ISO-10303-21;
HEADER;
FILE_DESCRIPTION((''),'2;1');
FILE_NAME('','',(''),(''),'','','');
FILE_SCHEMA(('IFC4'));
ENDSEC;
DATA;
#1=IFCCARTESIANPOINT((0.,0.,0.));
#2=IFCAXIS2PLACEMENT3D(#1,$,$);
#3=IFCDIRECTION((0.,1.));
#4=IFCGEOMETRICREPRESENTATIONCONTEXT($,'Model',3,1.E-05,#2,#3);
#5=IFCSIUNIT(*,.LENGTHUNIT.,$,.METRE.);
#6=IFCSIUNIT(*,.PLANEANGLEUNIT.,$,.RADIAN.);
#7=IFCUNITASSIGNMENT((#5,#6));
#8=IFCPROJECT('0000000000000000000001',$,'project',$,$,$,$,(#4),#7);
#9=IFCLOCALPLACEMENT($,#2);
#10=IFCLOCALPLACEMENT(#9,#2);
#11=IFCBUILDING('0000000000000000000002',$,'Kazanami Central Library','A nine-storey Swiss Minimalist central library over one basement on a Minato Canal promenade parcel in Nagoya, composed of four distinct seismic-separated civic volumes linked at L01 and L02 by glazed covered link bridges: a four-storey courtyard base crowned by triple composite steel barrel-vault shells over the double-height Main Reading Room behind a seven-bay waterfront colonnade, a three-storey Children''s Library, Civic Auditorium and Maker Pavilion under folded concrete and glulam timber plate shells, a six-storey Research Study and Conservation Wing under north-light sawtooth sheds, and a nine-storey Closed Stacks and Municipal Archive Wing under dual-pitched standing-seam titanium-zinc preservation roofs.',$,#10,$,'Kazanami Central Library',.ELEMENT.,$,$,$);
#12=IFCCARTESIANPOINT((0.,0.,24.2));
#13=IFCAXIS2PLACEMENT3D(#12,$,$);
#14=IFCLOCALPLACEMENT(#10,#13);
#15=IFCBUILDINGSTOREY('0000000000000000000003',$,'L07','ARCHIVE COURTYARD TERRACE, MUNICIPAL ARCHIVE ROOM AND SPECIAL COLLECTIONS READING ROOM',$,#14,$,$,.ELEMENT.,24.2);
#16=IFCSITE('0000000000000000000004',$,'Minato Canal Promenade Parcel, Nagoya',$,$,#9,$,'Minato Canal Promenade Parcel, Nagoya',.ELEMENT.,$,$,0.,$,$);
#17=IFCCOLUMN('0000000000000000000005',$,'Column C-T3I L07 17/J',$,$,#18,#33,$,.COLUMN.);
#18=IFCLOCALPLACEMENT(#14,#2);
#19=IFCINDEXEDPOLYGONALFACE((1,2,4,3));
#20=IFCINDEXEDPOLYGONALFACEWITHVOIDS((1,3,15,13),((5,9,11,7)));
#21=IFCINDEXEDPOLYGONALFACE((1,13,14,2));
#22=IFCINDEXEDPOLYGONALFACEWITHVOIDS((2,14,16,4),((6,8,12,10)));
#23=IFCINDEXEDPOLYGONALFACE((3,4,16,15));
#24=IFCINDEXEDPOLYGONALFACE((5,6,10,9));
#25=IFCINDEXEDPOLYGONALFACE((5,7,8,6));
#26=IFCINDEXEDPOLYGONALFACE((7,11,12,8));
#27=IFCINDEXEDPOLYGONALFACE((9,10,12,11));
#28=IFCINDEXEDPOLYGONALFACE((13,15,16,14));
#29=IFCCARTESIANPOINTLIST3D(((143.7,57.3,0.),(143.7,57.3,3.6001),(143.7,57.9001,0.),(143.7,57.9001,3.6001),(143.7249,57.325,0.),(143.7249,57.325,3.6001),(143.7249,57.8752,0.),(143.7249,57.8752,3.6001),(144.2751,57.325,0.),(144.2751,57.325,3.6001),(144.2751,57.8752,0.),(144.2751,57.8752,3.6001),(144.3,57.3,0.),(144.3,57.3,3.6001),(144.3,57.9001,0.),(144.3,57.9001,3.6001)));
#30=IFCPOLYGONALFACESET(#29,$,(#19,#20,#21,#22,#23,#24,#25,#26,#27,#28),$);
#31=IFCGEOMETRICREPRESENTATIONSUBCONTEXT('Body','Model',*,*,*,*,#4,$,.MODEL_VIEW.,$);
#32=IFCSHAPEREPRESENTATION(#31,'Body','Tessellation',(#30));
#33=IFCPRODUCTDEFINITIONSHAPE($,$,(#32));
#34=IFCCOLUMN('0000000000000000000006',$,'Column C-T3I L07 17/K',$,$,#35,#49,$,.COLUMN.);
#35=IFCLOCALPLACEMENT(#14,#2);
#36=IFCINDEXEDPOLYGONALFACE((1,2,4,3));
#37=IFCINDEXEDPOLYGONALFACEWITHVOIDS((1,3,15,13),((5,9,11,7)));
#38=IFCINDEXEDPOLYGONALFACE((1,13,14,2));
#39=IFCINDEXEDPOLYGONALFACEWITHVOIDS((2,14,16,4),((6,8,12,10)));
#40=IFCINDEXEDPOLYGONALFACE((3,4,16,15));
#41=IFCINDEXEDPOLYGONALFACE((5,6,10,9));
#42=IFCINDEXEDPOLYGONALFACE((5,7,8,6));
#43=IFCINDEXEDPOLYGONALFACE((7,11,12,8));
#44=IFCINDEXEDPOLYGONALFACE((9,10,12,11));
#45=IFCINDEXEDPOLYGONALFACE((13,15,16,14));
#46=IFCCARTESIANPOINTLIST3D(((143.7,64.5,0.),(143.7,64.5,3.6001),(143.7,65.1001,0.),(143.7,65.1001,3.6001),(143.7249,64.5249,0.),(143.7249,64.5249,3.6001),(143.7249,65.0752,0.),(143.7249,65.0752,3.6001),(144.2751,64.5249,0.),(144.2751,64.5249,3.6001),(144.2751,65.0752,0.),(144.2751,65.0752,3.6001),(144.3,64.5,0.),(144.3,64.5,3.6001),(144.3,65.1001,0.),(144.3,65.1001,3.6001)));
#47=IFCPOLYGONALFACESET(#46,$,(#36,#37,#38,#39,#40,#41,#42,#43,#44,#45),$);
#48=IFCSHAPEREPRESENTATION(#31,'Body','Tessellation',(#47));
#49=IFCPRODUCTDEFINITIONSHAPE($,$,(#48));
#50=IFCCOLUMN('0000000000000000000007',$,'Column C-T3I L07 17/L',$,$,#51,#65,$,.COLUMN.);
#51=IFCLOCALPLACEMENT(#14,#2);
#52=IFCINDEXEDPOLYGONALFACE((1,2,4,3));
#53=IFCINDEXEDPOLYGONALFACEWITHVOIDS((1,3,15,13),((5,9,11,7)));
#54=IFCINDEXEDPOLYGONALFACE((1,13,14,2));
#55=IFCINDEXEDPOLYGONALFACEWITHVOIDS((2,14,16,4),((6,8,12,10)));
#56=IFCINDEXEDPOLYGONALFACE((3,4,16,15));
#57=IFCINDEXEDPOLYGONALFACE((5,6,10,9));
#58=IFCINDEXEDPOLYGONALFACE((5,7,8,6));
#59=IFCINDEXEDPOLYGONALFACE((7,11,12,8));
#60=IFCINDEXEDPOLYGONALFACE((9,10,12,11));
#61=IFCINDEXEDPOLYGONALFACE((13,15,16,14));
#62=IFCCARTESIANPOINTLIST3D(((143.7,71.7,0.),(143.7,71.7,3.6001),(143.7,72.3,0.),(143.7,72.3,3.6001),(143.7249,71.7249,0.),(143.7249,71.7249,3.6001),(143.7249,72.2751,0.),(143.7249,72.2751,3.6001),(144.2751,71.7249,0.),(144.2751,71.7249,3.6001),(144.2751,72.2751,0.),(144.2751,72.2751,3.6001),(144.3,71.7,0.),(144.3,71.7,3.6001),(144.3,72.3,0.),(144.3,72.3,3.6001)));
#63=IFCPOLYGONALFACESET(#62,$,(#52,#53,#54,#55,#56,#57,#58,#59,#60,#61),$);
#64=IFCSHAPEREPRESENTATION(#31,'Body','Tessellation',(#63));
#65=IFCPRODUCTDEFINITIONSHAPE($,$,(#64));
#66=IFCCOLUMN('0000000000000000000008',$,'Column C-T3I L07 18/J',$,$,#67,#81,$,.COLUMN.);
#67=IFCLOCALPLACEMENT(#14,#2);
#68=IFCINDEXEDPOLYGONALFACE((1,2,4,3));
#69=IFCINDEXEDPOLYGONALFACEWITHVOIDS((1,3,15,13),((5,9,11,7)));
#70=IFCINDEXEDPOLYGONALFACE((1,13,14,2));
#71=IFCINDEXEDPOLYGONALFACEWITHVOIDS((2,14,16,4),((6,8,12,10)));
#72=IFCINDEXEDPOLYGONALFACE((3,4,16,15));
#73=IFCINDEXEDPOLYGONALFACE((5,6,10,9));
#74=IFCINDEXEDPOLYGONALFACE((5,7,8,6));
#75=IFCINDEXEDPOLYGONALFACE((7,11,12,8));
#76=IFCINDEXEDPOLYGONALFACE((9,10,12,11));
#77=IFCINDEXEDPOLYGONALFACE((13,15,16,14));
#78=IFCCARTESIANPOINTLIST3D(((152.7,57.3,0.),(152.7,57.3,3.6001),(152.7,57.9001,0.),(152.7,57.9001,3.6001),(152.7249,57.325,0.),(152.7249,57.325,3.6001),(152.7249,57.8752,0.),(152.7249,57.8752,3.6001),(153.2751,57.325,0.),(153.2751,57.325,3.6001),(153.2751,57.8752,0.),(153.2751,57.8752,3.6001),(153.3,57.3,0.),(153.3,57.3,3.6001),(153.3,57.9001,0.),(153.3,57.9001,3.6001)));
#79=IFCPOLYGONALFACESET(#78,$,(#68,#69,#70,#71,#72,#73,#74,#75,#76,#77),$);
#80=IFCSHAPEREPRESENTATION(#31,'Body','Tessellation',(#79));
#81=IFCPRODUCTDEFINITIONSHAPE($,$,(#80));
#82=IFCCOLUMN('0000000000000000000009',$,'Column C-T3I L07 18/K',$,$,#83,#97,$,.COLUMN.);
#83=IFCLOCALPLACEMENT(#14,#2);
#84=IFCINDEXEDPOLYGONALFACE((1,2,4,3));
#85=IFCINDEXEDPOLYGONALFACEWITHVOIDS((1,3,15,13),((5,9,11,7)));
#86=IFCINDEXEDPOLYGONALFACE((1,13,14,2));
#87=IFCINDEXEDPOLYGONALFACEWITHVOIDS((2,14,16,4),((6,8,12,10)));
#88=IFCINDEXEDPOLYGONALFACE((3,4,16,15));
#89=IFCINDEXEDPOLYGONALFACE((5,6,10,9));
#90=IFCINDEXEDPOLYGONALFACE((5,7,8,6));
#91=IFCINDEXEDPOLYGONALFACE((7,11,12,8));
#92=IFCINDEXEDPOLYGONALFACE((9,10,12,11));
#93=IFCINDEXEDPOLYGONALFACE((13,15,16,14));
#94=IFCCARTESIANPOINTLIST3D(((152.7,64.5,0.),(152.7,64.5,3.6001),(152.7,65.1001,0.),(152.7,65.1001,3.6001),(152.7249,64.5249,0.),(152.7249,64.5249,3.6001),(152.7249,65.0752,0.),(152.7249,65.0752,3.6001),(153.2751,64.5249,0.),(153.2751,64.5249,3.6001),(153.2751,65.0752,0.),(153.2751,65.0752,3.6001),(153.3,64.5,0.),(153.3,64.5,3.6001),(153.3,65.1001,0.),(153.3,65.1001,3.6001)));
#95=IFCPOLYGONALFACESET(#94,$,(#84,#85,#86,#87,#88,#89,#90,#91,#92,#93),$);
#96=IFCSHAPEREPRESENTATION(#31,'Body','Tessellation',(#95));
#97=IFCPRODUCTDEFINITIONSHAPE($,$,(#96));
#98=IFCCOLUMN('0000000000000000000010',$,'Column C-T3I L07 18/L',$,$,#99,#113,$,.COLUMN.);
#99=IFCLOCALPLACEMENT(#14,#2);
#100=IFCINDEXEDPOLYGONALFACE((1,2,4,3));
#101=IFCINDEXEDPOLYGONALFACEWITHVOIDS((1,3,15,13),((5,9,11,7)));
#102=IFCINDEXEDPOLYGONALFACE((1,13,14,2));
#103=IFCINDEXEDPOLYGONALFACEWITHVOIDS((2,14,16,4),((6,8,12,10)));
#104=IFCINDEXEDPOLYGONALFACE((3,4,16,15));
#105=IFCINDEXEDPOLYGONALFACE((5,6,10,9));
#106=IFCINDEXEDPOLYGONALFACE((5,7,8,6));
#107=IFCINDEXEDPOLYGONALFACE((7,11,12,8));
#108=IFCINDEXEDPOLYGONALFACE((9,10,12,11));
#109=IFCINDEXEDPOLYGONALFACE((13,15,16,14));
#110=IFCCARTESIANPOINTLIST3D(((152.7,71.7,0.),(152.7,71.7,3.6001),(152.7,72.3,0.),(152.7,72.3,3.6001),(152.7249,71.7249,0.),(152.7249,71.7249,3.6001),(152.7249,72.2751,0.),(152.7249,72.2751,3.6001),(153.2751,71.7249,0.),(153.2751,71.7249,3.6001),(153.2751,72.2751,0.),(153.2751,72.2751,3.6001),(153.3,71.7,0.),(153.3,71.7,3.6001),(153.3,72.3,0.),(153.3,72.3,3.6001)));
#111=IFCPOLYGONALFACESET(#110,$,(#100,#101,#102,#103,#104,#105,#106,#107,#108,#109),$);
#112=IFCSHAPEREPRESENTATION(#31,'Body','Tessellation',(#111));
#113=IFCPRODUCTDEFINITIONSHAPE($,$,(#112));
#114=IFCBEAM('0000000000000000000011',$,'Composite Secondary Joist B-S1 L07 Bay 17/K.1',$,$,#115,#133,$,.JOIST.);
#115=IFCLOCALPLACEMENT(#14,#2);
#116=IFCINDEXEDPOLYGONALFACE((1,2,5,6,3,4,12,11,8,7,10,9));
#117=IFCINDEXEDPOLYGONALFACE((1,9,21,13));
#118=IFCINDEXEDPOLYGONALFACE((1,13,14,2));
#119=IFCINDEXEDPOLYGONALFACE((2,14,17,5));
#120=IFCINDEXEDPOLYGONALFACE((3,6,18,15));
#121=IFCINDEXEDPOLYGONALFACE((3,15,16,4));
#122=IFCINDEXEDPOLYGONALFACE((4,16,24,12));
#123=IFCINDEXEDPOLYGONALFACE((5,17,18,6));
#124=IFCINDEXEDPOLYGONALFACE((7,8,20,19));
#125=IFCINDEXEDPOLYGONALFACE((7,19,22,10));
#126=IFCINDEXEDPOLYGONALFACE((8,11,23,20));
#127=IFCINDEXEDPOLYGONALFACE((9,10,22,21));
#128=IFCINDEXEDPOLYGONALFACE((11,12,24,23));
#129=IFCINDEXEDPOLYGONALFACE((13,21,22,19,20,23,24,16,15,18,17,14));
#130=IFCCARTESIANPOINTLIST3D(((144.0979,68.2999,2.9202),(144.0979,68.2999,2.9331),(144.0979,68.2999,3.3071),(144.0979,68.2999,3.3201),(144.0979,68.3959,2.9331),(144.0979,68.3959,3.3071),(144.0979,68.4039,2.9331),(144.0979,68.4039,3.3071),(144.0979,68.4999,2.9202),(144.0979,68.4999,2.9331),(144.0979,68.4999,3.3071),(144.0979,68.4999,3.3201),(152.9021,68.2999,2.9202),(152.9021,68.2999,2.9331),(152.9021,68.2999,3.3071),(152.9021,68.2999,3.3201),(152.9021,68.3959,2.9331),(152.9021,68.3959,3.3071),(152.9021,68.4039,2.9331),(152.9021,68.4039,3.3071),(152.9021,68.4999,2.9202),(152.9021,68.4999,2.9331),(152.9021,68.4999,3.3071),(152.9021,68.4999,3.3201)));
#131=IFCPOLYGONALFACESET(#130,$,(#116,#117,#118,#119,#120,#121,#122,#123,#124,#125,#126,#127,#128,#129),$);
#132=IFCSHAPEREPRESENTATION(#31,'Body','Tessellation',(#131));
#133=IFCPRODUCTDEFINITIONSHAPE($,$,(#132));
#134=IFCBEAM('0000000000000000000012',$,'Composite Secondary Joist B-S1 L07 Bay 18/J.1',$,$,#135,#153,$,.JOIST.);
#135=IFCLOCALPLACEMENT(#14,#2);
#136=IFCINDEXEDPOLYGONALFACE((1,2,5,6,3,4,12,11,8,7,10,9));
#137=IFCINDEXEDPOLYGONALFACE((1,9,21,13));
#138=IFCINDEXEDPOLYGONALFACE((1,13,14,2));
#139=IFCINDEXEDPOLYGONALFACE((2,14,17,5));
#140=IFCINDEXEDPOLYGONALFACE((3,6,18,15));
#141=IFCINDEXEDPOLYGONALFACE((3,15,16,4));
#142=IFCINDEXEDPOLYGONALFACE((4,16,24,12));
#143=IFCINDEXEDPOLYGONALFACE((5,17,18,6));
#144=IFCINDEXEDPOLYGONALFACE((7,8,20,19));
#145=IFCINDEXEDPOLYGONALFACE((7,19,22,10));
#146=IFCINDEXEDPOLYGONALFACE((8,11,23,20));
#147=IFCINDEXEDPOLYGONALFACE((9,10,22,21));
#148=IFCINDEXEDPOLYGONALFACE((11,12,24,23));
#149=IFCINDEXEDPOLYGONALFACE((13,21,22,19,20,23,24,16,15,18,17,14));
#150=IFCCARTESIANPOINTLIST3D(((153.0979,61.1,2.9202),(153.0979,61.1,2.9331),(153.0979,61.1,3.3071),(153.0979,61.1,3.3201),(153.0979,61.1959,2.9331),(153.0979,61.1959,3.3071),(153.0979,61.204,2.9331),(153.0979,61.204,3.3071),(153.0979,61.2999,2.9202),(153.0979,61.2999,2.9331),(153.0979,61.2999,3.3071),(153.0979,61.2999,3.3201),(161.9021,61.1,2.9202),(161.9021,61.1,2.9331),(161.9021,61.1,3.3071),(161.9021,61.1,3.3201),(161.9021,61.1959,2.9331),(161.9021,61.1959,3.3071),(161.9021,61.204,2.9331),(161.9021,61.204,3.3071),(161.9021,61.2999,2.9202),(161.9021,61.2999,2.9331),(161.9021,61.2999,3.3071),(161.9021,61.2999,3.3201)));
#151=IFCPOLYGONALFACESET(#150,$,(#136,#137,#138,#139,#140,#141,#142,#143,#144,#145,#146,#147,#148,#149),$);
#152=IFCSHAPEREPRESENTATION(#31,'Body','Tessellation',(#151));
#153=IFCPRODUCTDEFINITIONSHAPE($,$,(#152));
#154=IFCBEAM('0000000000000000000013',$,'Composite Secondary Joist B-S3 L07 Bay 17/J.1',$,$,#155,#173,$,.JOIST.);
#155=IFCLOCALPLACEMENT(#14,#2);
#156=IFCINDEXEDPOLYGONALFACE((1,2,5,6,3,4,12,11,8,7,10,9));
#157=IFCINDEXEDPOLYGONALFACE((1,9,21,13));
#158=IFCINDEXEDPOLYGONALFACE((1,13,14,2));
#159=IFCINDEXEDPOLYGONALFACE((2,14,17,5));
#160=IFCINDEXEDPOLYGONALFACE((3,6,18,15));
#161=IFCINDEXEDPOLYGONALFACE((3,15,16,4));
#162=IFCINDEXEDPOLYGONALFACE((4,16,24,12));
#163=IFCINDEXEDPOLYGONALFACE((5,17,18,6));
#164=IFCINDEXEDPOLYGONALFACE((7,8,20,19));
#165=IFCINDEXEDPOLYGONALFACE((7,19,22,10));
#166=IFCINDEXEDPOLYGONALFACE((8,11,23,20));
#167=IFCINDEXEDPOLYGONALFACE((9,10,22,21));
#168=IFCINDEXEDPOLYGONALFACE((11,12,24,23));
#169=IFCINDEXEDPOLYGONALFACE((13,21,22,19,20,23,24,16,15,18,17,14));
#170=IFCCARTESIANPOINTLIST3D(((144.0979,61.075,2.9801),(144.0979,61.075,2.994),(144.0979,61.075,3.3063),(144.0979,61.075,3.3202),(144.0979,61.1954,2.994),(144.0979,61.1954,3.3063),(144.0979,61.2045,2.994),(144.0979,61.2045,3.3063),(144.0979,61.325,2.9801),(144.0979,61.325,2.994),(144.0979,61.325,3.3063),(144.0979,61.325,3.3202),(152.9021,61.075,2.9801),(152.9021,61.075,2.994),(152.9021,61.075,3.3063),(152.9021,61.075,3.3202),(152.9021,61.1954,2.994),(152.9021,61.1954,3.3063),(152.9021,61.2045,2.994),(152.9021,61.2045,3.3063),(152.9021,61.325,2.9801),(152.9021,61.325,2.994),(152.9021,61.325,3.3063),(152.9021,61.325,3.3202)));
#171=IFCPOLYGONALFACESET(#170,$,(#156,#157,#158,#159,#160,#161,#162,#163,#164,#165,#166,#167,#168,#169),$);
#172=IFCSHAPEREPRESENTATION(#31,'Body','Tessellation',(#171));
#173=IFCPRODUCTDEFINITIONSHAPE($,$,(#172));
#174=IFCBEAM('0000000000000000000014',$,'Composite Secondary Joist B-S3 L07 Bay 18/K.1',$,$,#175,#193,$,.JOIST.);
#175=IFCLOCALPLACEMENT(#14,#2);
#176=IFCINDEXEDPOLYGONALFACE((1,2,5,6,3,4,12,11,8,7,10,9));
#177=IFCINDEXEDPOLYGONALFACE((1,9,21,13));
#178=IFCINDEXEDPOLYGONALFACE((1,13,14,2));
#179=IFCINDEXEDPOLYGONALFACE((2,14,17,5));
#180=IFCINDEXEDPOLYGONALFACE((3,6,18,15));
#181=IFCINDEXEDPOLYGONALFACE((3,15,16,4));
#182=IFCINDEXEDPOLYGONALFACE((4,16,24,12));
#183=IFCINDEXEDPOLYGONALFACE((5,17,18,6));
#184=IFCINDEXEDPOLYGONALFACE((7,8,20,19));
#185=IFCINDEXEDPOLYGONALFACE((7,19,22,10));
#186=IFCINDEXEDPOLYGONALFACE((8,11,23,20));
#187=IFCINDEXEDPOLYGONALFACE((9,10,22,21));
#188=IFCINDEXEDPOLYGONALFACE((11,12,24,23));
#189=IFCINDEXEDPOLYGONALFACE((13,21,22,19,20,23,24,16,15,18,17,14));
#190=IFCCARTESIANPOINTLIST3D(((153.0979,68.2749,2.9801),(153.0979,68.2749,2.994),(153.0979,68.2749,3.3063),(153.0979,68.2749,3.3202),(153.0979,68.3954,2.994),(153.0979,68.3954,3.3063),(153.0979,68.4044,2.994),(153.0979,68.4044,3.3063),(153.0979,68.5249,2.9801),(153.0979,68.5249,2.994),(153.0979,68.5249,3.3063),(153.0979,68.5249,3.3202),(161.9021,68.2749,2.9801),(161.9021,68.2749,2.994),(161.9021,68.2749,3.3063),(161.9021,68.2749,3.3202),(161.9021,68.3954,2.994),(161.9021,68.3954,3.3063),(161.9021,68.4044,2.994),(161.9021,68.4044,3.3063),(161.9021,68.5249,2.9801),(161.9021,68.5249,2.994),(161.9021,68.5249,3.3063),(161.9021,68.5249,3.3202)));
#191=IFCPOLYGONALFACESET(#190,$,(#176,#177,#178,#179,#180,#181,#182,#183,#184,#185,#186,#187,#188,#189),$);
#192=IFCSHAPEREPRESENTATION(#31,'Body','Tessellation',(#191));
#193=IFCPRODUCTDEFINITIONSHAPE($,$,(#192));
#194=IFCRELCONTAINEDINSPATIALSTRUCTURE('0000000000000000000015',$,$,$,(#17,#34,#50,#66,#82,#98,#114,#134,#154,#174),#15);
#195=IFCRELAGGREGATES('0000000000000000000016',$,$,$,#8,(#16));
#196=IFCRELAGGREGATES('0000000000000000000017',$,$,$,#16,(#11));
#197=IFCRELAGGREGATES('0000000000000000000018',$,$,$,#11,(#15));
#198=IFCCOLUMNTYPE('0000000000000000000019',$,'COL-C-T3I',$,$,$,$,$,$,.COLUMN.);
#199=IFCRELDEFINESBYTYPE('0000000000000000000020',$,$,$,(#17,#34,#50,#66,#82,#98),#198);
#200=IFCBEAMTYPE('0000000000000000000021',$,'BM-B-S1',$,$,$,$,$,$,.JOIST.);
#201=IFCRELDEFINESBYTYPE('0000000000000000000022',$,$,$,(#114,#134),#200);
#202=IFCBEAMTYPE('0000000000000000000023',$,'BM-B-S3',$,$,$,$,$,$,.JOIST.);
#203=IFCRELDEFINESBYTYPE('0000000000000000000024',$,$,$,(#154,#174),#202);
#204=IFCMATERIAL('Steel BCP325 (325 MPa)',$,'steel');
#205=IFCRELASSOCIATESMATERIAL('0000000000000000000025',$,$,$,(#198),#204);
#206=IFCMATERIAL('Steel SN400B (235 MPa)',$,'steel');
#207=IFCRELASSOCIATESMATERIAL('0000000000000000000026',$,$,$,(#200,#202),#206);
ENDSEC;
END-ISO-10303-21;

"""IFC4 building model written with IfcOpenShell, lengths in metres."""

from ifc_helpers import new_model, si_unit, direction, frame, origin, origin_2d, place, context, subcontext, project, spatial, hollow_rectangle, i_section, extrude, material, material_profile, profile_set, type_object, element, save


model = new_model("IFC4")

# Units and contexts
model_context = context("Model", 3, precision=1e-05, world=origin(), true_north=direction((0.0, 1.0)))
body_context = subcontext(model_context, "Body", "Model", "MODEL_VIEW")
ifc_project = project(units=[si_unit("LENGTHUNIT", "METRE"), si_unit("PLANEANGLEUNIT", "RADIAN")], contexts=[model_context])

# Site, building, storey
site_placement = place(None, origin())
site = spatial("IfcSite", under=ifc_project, at=site_placement, Name="Minato Canal Promenade Parcel, Nagoya", LongName="Minato Canal Promenade Parcel, Nagoya", CompositionType="ELEMENT", RefElevation=0.0)
building_placement = place(site_placement, origin())
building = spatial("IfcBuilding", under=site, at=building_placement, Name="Kazanami Central Library", Description="A nine-storey Swiss Minimalist central library over one basement on a Minato Canal promenade parcel in Nagoya, composed of four distinct seismic-separated civic volumes linked at L01 and L02 by glazed covered link bridges: a four-storey courtyard base crowned by triple composite steel barrel-vault shells over the double-height Main Reading Room behind a seven-bay waterfront colonnade, a three-storey Children's Library, Civic Auditorium and Maker Pavilion under folded concrete and glulam timber plate shells, a six-storey Research Study and Conservation Wing under north-light sawtooth sheds, and a nine-storey Closed Stacks and Municipal Archive Wing under dual-pitched standing-seam titanium-zinc preservation roofs.", LongName="Kazanami Central Library", CompositionType="ELEMENT")
storey_placement = place(building_placement, frame((0.0, 0.0, 24.2)))
storey = spatial("IfcBuildingStorey", under=building, at=storey_placement, Name="L07", Description="ARCHIVE COURTYARD TERRACE, MUNICIPAL ARCHIVE ROOM AND SPECIAL COLLECTIONS READING ROOM", CompositionType="ELEMENT", Elevation=24.2)

# Columns
ifc_material_1 = material(Name="Steel BCP325 (325 MPa)", Category="steel")
ifc_material_profile_1 = material_profile(ifc_material_1, hollow_rectangle(XDim=0.6001, YDim=0.6001, WallThickness=0.0249, at=origin_2d()), Name="BCP-600x600x25")
ifc_profile_set_1 = profile_set([ifc_material_profile_1], Name="Steel BCP325 (325 MPa)")
column_type = type_object("IfcColumnType", Name="COL-C-T3I", PredefinedType="COLUMN", material=ifc_profile_set_1)
for number, where, z_axis, x_axis, name in (
    (1, (144.0, 57.6001, 0.0), (0.0, 0.0, 1.0), (1.0, 0.0, 0.0), "Column C-T3I L07 17/J"),
    (2, (144.0, 64.8, 0.0), (0.0, 0.0, 1.0), (1.0, 0.0, 0.0), "Column C-T3I L07 17/K"),
    (3, (144.0, 72.0, 0.0), (0.0, 0.0, 1.0), (1.0, 0.0, 0.0), "Column C-T3I L07 17/L"),
    (4, (153.0, 57.6001, 0.0), (0.0, 0.0, 1.0), (1.0, 0.0, 0.0), "Column C-T3I L07 18/J"),
    (5, (153.0, 64.8, 0.0), (0.0, 0.0, 1.0), (1.0, 0.0, 0.0), "Column C-T3I L07 18/K"),
    (6, (153.0, 72.0, 0.0), (0.0, 0.0, 1.0), (1.0, 0.0, 0.0), "Column C-T3I L07 18/L"),
):
    element("IfcColumn", number, at=place(storey_placement, frame(where, z_axis=z_axis, x_axis=x_axis)), inside=storey, type_object=column_type, Name=name, PredefinedType="COLUMN", context=body_context, shape_type="SweptSolid", body=[
        extrude(hollow_rectangle(XDim=0.6001, YDim=0.6001, WallThickness=0.0249, at=origin_2d()), origin(), (0.0, 0.0, 1.0), 3.6001),
    ])

# Beams
ifc_material_2 = material(Name="Steel SN400B (235 MPa)", Category="steel")
ifc_material_profile_2 = material_profile(ifc_material_2, i_section(OverallWidth=0.2, OverallDepth=0.3999, WebThickness=0.0081, FlangeThickness=0.0129, at=origin_2d()), Name="H-400x200x8x13")
ifc_profile_set_2 = profile_set([ifc_material_profile_2], Name="Steel SN400B (235 MPa)")
beam_type_1 = type_object("IfcBeamType", Name="BM-B-S1", PredefinedType="JOIST", material=ifc_profile_set_2)
for number, where, z_axis, x_axis, name in (
    (7, (144.0979, 68.3999, 3.1201), (1.0, 0.0, 0.0), (0.0, 1.0, 0.0), "Composite Secondary Joist B-S1 L07 Bay 17/K.1"),
    (8, (153.0979, 61.2, 3.1201), (1.0, 0.0, 0.0), (0.0, 1.0, 0.0), "Composite Secondary Joist B-S1 L07 Bay 18/J.1"),
):
    element("IfcBeam", number, at=place(storey_placement, frame(where, z_axis=z_axis, x_axis=x_axis)), inside=storey, type_object=beam_type_1, Name=name, PredefinedType="JOIST", context=body_context, shape_type="SweptSolid", body=[
        extrude(i_section(OverallWidth=0.2, OverallDepth=0.3999, WebThickness=0.0081, FlangeThickness=0.0129, at=origin_2d()), origin(), (0.0, 0.0, 1.0), 8.8042),
    ])
ifc_material_profile_3 = material_profile(ifc_material_2, i_section(OverallWidth=0.25, OverallDepth=0.3401, WebThickness=0.009, FlangeThickness=0.0139, at=origin_2d()), Name="H-340x250x9x14")
ifc_profile_set_3 = profile_set([ifc_material_profile_3], Name="Steel SN400B (235 MPa)")
beam_type_2 = type_object("IfcBeamType", Name="BM-B-S3", PredefinedType="JOIST", material=ifc_profile_set_3)
for number, where, z_axis, x_axis, name in (
    (9, (144.0979, 61.2, 3.1501), (1.0, 0.0, 0.0), (0.0, 1.0, 0.0), "Composite Secondary Joist B-S3 L07 Bay 17/J.1"),
    (10, (153.0979, 68.3999, 3.1501), (1.0, 0.0, 0.0), (0.0, 1.0, 0.0), "Composite Secondary Joist B-S3 L07 Bay 18/K.1"),
):
    element("IfcBeam", number, at=place(storey_placement, frame(where, z_axis=z_axis, x_axis=x_axis)), inside=storey, type_object=beam_type_2, Name=name, PredefinedType="JOIST", context=body_context, shape_type="SweptSolid", body=[
        extrude(i_section(OverallWidth=0.25, OverallDepth=0.3401, WebThickness=0.009, FlangeThickness=0.0139, at=origin_2d()), origin(), (0.0, 0.0, 1.0), 8.8042),
    ])

save(model, "model.ifc")
